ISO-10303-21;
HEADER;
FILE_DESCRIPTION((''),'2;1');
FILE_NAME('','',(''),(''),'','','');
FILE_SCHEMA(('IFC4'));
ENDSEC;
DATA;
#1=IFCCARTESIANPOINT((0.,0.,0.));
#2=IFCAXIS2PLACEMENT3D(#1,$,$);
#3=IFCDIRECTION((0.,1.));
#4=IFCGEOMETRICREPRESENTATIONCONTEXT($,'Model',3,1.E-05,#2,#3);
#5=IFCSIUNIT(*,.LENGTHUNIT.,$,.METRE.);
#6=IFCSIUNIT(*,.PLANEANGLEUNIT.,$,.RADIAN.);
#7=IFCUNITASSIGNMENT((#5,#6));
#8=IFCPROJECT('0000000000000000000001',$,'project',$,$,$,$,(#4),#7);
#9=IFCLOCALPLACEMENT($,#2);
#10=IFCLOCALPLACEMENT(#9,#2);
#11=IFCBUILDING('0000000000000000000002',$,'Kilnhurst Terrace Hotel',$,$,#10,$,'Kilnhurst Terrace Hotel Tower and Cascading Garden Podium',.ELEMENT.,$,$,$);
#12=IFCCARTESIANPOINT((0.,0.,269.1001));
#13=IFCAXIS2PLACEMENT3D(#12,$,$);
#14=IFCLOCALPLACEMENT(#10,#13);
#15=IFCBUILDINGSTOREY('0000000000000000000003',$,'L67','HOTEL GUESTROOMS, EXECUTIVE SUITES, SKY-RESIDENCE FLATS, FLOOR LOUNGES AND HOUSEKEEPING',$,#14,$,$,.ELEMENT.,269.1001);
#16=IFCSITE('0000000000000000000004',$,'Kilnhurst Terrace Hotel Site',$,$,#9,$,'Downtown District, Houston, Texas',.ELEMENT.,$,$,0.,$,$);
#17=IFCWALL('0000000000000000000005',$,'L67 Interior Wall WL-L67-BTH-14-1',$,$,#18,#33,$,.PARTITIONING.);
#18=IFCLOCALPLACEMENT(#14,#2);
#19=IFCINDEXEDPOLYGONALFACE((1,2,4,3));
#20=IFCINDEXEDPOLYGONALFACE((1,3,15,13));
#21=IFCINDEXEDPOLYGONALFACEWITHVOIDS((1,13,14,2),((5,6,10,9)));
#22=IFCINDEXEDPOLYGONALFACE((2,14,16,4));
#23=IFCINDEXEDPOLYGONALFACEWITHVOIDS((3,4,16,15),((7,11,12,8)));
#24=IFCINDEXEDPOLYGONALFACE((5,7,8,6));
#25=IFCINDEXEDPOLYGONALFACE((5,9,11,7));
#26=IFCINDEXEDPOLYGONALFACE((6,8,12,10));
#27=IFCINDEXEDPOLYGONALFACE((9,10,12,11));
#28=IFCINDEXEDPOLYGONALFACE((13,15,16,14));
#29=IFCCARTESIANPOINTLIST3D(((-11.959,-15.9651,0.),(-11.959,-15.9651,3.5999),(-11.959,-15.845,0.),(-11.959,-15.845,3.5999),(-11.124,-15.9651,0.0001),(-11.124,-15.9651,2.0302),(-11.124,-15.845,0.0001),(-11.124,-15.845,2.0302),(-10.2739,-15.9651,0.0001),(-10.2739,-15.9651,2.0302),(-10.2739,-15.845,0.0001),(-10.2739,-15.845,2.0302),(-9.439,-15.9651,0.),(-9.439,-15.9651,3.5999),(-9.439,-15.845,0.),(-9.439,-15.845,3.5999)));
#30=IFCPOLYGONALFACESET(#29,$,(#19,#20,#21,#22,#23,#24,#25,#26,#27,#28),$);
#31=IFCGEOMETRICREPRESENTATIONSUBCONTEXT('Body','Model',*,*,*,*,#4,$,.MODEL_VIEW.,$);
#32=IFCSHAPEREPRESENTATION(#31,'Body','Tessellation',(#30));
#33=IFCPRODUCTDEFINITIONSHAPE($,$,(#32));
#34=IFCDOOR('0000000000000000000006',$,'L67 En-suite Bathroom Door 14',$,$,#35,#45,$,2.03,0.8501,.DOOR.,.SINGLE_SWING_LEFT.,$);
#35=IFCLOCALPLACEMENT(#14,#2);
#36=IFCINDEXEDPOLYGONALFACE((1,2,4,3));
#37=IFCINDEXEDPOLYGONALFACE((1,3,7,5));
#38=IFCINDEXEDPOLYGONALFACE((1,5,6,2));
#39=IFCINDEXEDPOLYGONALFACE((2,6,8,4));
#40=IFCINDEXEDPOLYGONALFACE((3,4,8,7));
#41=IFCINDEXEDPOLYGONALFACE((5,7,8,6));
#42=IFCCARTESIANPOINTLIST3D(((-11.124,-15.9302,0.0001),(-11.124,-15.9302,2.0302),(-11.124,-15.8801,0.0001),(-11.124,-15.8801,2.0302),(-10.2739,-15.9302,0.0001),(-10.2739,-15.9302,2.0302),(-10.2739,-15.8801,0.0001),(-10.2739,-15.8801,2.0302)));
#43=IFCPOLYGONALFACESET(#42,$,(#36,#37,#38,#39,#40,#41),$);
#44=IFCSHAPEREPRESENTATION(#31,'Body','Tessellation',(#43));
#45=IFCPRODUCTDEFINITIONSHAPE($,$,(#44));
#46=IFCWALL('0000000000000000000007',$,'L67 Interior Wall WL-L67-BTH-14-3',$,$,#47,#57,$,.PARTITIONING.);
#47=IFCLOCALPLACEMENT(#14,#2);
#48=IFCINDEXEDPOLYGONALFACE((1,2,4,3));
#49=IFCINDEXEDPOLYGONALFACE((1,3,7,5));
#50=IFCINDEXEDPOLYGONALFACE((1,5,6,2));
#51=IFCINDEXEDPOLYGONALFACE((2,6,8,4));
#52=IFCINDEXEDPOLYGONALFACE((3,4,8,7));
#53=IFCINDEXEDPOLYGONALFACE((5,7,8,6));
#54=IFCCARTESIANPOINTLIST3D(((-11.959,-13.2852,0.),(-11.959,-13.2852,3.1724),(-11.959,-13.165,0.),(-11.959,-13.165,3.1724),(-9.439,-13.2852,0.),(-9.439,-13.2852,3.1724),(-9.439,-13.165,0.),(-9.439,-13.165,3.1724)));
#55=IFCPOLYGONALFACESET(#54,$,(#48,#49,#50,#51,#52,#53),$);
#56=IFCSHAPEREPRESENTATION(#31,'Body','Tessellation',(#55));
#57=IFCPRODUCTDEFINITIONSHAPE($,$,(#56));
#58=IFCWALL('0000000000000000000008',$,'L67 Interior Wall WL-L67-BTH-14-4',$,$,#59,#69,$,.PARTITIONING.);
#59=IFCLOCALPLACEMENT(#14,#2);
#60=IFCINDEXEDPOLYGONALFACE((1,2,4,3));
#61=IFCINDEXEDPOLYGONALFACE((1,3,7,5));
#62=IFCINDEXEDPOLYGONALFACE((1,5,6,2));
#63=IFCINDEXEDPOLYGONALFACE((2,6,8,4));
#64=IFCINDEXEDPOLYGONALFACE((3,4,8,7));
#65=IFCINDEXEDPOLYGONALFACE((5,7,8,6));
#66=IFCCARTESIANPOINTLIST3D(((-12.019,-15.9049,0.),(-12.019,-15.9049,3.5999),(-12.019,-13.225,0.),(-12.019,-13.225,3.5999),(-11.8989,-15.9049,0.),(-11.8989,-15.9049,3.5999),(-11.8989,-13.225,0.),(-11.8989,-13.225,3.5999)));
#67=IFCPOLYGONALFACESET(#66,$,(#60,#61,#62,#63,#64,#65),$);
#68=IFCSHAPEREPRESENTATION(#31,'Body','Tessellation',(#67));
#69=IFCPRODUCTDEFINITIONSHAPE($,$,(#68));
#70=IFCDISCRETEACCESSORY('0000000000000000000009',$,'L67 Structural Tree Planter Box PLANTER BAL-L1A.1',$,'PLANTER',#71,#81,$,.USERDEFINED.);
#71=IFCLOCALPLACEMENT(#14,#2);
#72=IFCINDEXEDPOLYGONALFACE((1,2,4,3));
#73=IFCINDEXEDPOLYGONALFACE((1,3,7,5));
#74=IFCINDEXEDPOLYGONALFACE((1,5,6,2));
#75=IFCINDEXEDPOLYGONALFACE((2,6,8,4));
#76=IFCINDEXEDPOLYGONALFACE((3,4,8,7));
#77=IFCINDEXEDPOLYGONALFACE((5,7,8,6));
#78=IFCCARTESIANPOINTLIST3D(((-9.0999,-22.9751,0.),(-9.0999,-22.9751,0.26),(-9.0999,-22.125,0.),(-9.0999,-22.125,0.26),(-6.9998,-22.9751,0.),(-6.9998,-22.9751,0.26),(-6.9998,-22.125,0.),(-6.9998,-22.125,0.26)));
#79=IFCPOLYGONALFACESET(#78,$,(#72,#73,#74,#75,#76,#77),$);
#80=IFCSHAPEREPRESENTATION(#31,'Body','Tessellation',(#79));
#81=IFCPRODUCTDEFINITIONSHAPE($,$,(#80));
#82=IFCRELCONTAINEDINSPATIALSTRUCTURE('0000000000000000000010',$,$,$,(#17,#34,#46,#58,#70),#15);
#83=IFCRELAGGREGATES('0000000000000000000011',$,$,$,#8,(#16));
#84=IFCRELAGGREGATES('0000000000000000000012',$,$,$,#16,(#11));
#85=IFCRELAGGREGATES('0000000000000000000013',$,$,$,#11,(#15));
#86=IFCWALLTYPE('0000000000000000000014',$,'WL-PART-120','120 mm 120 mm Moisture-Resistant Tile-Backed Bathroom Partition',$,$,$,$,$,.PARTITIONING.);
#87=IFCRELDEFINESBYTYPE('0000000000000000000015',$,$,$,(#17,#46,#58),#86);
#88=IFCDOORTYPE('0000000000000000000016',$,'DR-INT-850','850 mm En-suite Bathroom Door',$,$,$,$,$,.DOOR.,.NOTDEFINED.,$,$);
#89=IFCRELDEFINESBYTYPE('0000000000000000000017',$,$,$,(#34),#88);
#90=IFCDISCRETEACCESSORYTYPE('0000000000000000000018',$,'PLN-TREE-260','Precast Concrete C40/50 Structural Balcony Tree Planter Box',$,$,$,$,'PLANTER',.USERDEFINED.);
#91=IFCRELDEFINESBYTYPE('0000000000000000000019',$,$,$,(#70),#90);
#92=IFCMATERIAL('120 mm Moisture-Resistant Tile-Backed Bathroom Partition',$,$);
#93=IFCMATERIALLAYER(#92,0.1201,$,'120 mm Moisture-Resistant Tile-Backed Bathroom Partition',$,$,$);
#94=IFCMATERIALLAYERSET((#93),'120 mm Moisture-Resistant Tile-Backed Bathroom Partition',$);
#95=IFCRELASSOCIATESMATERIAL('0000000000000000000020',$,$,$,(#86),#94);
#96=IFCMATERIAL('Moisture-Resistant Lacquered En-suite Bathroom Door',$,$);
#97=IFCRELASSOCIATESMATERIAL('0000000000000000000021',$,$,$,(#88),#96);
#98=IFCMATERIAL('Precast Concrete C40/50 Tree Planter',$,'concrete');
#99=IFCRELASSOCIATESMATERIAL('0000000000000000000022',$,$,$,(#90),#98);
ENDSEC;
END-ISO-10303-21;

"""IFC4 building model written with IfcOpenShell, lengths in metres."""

from ifc_helpers import new_model, si_unit, direction, frame, frame_2d, origin, origin_2d, place, context, subcontext, project, spatial, rectangle, extrude, material, layer, layer_set, type_object, element, fill, save


model = new_model("IFC4")

# Units and contexts
model_context = context("Model", 3, precision=1e-05, world=origin(), true_north=direction((0.0, 1.0)))
body_context = subcontext(model_context, "Body", "Model", "MODEL_VIEW")
ifc_project = project(units=[si_unit("LENGTHUNIT", "METRE"), si_unit("PLANEANGLEUNIT", "RADIAN")], contexts=[model_context])

# Site, building, storey
site_placement = place(None, origin())
site = spatial("IfcSite", under=ifc_project, at=site_placement, Name="Kilnhurst Terrace Hotel Site", LongName="Downtown District, Houston, Texas", CompositionType="ELEMENT", RefElevation=0.0)
building_placement = place(site_placement, origin())
building = spatial("IfcBuilding", under=site, at=building_placement, Name="Kilnhurst Terrace Hotel", LongName="Kilnhurst Terrace Hotel Tower and Cascading Garden Podium", CompositionType="ELEMENT")
storey_placement = place(building_placement, frame((0.0, 0.0, 269.1001)))
storey = spatial("IfcBuildingStorey", under=building, at=storey_placement, Name="L67", Description="HOTEL GUESTROOMS, EXECUTIVE SUITES, SKY-RESIDENCE FLATS, FLOOR LOUNGES AND HOUSEKEEPING", CompositionType="ELEMENT", Elevation=269.1001)

# Wall, opening, door
ifc_material_1 = material(Name="120 mm Moisture-Resistant Tile-Backed Bathroom Partition")
ifc_layer_1 = layer(ifc_material_1, 0.1201, Name="120 mm Moisture-Resistant Tile-Backed Bathroom Partition")
ifc_layer_set_1 = layer_set([ifc_layer_1], Name="120 mm Moisture-Resistant Tile-Backed Bathroom Partition")
wall_type_1 = type_object("IfcWallType", Name="WL-PART-120", Description="120 mm 120 mm Moisture-Resistant Tile-Backed Bathroom Partition", PredefinedType="PARTITIONING", material=ifc_layer_set_1)
wall_1_placement = place(storey_placement, frame((-11.959, -15.905, 0.0), z_axis=(0.0, 0.0, 1.0), x_axis=(1.0, 0.0, 0.0)))
wall_1 = element("IfcWall", 1, at=wall_1_placement, inside=storey, type_object=wall_type_1, Name="L67 Interior Wall WL-L67-BTH-14-1", PredefinedType="PARTITIONING", context=body_context, shape_type="SweptSolid", body=[
    extrude(rectangle(XDim=2.52, YDim=0.1201, at=frame_2d((1.26, 0.0))), origin(), (0.0, 0.0, 1.0), 3.5999),
])
opening_1_placement = place(wall_1_placement, frame((0.835, 0.0, 0.0)))
opening_1 = element("IfcOpeningElement", 2, at=opening_1_placement, cuts=wall_1, PredefinedType="OPENING", context=body_context, shape_type="SweptSolid", body=[
    extrude(rectangle(XDim=0.8501, YDim=2.03, at=frame_2d((0.425, 1.0151))), frame((0.0, 0.0701, 0.0), z_axis=(0.0, -1.0, 0.0), x_axis=(1.0, 0.0, 0.0)), (0.0, 0.0, 1.0), 0.1401),
])
ifc_material_2 = material(Name="Moisture-Resistant Lacquered En-suite Bathroom Door")
door_type_1 = type_object("IfcDoorType", Name="DR-INT-850", Description="850 mm En-suite Bathroom Door", OperationType="NOTDEFINED", PredefinedType="DOOR", material=ifc_material_2)
door_1_placement = place(opening_1_placement, origin())
door_1 = element("IfcDoor", 3, at=door_1_placement, inside=storey, type_object=door_type_1, Name="L67 En-suite Bathroom Door 14", OperationType="SINGLE_SWING_LEFT", OverallHeight=2.03, OverallWidth=0.8501, PredefinedType="DOOR", context=body_context, shape_type="SweptSolid", body=[
    extrude(rectangle(XDim=0.8501, YDim=2.03, at=frame_2d((0.425, 1.0151))), frame((0.0, 0.0249, 0.0), z_axis=(0.0, -1.0, 0.0), x_axis=(1.0, 0.0, 0.0)), (0.0, 0.0, 1.0), 0.05),
])
fill(opening_1, door_1)

# Walls
wall_2_placement = place(storey_placement, frame((-9.439, -13.2251, 0.0), z_axis=(0.0, 0.0, 1.0), x_axis=(-1.0, 0.0, 0.0)))
element("IfcWall", 4, at=wall_2_placement, inside=storey, type_object=wall_type_1, Name="L67 Interior Wall WL-L67-BTH-14-3", PredefinedType="PARTITIONING", context=body_context, shape_type="SweptSolid", body=[
    extrude(rectangle(XDim=2.52, YDim=0.1201, at=frame_2d((1.26, 0.0))), origin(), (0.0, 0.0, 1.0), 3.1724),
])
wall_3_placement = place(storey_placement, frame((-11.959, -13.2251, 0.0), z_axis=(0.0, 0.0, 1.0), x_axis=(0.0, -1.0, 0.0)))
element("IfcWall", 5, at=wall_3_placement, inside=storey, type_object=wall_type_1, Name="L67 Interior Wall WL-L67-BTH-14-4", PredefinedType="PARTITIONING", context=body_context, shape_type="SweptSolid", body=[
    extrude(rectangle(XDim=2.6799, YDim=0.1201, at=frame_2d((1.3398, 0.0))), origin(), (0.0, 0.0, 1.0), 3.5999),
])

# Discrete accessory
ifc_material_3 = material(Name="Precast Concrete C40/50 Tree Planter", Category="concrete")
discrete_accessory_type = type_object("IfcDiscreteAccessoryType", Name="PLN-TREE-260", Description="Precast Concrete C40/50 Structural Balcony Tree Planter Box", ElementType="PLANTER", PredefinedType="USERDEFINED", material=ifc_material_3)
discrete_accessory_placement = place(storey_placement, frame((-8.0498, -22.55, 0.0), z_axis=(0.0, 0.0, 1.0), x_axis=(1.0, 0.0, 0.0)))
element("IfcDiscreteAccessory", 6, at=discrete_accessory_placement, inside=storey, type_object=discrete_accessory_type, Name="L67 Structural Tree Planter Box PLANTER BAL-L1A.1", ObjectType="PLANTER", PredefinedType="USERDEFINED", context=body_context, shape_type="SweptSolid", body=[
    extrude(rectangle(XDim=2.1001, YDim=0.8501, at=origin_2d()), origin(), (0.0, 0.0, 1.0), 0.26),
])

save(model, "model.ifc")
